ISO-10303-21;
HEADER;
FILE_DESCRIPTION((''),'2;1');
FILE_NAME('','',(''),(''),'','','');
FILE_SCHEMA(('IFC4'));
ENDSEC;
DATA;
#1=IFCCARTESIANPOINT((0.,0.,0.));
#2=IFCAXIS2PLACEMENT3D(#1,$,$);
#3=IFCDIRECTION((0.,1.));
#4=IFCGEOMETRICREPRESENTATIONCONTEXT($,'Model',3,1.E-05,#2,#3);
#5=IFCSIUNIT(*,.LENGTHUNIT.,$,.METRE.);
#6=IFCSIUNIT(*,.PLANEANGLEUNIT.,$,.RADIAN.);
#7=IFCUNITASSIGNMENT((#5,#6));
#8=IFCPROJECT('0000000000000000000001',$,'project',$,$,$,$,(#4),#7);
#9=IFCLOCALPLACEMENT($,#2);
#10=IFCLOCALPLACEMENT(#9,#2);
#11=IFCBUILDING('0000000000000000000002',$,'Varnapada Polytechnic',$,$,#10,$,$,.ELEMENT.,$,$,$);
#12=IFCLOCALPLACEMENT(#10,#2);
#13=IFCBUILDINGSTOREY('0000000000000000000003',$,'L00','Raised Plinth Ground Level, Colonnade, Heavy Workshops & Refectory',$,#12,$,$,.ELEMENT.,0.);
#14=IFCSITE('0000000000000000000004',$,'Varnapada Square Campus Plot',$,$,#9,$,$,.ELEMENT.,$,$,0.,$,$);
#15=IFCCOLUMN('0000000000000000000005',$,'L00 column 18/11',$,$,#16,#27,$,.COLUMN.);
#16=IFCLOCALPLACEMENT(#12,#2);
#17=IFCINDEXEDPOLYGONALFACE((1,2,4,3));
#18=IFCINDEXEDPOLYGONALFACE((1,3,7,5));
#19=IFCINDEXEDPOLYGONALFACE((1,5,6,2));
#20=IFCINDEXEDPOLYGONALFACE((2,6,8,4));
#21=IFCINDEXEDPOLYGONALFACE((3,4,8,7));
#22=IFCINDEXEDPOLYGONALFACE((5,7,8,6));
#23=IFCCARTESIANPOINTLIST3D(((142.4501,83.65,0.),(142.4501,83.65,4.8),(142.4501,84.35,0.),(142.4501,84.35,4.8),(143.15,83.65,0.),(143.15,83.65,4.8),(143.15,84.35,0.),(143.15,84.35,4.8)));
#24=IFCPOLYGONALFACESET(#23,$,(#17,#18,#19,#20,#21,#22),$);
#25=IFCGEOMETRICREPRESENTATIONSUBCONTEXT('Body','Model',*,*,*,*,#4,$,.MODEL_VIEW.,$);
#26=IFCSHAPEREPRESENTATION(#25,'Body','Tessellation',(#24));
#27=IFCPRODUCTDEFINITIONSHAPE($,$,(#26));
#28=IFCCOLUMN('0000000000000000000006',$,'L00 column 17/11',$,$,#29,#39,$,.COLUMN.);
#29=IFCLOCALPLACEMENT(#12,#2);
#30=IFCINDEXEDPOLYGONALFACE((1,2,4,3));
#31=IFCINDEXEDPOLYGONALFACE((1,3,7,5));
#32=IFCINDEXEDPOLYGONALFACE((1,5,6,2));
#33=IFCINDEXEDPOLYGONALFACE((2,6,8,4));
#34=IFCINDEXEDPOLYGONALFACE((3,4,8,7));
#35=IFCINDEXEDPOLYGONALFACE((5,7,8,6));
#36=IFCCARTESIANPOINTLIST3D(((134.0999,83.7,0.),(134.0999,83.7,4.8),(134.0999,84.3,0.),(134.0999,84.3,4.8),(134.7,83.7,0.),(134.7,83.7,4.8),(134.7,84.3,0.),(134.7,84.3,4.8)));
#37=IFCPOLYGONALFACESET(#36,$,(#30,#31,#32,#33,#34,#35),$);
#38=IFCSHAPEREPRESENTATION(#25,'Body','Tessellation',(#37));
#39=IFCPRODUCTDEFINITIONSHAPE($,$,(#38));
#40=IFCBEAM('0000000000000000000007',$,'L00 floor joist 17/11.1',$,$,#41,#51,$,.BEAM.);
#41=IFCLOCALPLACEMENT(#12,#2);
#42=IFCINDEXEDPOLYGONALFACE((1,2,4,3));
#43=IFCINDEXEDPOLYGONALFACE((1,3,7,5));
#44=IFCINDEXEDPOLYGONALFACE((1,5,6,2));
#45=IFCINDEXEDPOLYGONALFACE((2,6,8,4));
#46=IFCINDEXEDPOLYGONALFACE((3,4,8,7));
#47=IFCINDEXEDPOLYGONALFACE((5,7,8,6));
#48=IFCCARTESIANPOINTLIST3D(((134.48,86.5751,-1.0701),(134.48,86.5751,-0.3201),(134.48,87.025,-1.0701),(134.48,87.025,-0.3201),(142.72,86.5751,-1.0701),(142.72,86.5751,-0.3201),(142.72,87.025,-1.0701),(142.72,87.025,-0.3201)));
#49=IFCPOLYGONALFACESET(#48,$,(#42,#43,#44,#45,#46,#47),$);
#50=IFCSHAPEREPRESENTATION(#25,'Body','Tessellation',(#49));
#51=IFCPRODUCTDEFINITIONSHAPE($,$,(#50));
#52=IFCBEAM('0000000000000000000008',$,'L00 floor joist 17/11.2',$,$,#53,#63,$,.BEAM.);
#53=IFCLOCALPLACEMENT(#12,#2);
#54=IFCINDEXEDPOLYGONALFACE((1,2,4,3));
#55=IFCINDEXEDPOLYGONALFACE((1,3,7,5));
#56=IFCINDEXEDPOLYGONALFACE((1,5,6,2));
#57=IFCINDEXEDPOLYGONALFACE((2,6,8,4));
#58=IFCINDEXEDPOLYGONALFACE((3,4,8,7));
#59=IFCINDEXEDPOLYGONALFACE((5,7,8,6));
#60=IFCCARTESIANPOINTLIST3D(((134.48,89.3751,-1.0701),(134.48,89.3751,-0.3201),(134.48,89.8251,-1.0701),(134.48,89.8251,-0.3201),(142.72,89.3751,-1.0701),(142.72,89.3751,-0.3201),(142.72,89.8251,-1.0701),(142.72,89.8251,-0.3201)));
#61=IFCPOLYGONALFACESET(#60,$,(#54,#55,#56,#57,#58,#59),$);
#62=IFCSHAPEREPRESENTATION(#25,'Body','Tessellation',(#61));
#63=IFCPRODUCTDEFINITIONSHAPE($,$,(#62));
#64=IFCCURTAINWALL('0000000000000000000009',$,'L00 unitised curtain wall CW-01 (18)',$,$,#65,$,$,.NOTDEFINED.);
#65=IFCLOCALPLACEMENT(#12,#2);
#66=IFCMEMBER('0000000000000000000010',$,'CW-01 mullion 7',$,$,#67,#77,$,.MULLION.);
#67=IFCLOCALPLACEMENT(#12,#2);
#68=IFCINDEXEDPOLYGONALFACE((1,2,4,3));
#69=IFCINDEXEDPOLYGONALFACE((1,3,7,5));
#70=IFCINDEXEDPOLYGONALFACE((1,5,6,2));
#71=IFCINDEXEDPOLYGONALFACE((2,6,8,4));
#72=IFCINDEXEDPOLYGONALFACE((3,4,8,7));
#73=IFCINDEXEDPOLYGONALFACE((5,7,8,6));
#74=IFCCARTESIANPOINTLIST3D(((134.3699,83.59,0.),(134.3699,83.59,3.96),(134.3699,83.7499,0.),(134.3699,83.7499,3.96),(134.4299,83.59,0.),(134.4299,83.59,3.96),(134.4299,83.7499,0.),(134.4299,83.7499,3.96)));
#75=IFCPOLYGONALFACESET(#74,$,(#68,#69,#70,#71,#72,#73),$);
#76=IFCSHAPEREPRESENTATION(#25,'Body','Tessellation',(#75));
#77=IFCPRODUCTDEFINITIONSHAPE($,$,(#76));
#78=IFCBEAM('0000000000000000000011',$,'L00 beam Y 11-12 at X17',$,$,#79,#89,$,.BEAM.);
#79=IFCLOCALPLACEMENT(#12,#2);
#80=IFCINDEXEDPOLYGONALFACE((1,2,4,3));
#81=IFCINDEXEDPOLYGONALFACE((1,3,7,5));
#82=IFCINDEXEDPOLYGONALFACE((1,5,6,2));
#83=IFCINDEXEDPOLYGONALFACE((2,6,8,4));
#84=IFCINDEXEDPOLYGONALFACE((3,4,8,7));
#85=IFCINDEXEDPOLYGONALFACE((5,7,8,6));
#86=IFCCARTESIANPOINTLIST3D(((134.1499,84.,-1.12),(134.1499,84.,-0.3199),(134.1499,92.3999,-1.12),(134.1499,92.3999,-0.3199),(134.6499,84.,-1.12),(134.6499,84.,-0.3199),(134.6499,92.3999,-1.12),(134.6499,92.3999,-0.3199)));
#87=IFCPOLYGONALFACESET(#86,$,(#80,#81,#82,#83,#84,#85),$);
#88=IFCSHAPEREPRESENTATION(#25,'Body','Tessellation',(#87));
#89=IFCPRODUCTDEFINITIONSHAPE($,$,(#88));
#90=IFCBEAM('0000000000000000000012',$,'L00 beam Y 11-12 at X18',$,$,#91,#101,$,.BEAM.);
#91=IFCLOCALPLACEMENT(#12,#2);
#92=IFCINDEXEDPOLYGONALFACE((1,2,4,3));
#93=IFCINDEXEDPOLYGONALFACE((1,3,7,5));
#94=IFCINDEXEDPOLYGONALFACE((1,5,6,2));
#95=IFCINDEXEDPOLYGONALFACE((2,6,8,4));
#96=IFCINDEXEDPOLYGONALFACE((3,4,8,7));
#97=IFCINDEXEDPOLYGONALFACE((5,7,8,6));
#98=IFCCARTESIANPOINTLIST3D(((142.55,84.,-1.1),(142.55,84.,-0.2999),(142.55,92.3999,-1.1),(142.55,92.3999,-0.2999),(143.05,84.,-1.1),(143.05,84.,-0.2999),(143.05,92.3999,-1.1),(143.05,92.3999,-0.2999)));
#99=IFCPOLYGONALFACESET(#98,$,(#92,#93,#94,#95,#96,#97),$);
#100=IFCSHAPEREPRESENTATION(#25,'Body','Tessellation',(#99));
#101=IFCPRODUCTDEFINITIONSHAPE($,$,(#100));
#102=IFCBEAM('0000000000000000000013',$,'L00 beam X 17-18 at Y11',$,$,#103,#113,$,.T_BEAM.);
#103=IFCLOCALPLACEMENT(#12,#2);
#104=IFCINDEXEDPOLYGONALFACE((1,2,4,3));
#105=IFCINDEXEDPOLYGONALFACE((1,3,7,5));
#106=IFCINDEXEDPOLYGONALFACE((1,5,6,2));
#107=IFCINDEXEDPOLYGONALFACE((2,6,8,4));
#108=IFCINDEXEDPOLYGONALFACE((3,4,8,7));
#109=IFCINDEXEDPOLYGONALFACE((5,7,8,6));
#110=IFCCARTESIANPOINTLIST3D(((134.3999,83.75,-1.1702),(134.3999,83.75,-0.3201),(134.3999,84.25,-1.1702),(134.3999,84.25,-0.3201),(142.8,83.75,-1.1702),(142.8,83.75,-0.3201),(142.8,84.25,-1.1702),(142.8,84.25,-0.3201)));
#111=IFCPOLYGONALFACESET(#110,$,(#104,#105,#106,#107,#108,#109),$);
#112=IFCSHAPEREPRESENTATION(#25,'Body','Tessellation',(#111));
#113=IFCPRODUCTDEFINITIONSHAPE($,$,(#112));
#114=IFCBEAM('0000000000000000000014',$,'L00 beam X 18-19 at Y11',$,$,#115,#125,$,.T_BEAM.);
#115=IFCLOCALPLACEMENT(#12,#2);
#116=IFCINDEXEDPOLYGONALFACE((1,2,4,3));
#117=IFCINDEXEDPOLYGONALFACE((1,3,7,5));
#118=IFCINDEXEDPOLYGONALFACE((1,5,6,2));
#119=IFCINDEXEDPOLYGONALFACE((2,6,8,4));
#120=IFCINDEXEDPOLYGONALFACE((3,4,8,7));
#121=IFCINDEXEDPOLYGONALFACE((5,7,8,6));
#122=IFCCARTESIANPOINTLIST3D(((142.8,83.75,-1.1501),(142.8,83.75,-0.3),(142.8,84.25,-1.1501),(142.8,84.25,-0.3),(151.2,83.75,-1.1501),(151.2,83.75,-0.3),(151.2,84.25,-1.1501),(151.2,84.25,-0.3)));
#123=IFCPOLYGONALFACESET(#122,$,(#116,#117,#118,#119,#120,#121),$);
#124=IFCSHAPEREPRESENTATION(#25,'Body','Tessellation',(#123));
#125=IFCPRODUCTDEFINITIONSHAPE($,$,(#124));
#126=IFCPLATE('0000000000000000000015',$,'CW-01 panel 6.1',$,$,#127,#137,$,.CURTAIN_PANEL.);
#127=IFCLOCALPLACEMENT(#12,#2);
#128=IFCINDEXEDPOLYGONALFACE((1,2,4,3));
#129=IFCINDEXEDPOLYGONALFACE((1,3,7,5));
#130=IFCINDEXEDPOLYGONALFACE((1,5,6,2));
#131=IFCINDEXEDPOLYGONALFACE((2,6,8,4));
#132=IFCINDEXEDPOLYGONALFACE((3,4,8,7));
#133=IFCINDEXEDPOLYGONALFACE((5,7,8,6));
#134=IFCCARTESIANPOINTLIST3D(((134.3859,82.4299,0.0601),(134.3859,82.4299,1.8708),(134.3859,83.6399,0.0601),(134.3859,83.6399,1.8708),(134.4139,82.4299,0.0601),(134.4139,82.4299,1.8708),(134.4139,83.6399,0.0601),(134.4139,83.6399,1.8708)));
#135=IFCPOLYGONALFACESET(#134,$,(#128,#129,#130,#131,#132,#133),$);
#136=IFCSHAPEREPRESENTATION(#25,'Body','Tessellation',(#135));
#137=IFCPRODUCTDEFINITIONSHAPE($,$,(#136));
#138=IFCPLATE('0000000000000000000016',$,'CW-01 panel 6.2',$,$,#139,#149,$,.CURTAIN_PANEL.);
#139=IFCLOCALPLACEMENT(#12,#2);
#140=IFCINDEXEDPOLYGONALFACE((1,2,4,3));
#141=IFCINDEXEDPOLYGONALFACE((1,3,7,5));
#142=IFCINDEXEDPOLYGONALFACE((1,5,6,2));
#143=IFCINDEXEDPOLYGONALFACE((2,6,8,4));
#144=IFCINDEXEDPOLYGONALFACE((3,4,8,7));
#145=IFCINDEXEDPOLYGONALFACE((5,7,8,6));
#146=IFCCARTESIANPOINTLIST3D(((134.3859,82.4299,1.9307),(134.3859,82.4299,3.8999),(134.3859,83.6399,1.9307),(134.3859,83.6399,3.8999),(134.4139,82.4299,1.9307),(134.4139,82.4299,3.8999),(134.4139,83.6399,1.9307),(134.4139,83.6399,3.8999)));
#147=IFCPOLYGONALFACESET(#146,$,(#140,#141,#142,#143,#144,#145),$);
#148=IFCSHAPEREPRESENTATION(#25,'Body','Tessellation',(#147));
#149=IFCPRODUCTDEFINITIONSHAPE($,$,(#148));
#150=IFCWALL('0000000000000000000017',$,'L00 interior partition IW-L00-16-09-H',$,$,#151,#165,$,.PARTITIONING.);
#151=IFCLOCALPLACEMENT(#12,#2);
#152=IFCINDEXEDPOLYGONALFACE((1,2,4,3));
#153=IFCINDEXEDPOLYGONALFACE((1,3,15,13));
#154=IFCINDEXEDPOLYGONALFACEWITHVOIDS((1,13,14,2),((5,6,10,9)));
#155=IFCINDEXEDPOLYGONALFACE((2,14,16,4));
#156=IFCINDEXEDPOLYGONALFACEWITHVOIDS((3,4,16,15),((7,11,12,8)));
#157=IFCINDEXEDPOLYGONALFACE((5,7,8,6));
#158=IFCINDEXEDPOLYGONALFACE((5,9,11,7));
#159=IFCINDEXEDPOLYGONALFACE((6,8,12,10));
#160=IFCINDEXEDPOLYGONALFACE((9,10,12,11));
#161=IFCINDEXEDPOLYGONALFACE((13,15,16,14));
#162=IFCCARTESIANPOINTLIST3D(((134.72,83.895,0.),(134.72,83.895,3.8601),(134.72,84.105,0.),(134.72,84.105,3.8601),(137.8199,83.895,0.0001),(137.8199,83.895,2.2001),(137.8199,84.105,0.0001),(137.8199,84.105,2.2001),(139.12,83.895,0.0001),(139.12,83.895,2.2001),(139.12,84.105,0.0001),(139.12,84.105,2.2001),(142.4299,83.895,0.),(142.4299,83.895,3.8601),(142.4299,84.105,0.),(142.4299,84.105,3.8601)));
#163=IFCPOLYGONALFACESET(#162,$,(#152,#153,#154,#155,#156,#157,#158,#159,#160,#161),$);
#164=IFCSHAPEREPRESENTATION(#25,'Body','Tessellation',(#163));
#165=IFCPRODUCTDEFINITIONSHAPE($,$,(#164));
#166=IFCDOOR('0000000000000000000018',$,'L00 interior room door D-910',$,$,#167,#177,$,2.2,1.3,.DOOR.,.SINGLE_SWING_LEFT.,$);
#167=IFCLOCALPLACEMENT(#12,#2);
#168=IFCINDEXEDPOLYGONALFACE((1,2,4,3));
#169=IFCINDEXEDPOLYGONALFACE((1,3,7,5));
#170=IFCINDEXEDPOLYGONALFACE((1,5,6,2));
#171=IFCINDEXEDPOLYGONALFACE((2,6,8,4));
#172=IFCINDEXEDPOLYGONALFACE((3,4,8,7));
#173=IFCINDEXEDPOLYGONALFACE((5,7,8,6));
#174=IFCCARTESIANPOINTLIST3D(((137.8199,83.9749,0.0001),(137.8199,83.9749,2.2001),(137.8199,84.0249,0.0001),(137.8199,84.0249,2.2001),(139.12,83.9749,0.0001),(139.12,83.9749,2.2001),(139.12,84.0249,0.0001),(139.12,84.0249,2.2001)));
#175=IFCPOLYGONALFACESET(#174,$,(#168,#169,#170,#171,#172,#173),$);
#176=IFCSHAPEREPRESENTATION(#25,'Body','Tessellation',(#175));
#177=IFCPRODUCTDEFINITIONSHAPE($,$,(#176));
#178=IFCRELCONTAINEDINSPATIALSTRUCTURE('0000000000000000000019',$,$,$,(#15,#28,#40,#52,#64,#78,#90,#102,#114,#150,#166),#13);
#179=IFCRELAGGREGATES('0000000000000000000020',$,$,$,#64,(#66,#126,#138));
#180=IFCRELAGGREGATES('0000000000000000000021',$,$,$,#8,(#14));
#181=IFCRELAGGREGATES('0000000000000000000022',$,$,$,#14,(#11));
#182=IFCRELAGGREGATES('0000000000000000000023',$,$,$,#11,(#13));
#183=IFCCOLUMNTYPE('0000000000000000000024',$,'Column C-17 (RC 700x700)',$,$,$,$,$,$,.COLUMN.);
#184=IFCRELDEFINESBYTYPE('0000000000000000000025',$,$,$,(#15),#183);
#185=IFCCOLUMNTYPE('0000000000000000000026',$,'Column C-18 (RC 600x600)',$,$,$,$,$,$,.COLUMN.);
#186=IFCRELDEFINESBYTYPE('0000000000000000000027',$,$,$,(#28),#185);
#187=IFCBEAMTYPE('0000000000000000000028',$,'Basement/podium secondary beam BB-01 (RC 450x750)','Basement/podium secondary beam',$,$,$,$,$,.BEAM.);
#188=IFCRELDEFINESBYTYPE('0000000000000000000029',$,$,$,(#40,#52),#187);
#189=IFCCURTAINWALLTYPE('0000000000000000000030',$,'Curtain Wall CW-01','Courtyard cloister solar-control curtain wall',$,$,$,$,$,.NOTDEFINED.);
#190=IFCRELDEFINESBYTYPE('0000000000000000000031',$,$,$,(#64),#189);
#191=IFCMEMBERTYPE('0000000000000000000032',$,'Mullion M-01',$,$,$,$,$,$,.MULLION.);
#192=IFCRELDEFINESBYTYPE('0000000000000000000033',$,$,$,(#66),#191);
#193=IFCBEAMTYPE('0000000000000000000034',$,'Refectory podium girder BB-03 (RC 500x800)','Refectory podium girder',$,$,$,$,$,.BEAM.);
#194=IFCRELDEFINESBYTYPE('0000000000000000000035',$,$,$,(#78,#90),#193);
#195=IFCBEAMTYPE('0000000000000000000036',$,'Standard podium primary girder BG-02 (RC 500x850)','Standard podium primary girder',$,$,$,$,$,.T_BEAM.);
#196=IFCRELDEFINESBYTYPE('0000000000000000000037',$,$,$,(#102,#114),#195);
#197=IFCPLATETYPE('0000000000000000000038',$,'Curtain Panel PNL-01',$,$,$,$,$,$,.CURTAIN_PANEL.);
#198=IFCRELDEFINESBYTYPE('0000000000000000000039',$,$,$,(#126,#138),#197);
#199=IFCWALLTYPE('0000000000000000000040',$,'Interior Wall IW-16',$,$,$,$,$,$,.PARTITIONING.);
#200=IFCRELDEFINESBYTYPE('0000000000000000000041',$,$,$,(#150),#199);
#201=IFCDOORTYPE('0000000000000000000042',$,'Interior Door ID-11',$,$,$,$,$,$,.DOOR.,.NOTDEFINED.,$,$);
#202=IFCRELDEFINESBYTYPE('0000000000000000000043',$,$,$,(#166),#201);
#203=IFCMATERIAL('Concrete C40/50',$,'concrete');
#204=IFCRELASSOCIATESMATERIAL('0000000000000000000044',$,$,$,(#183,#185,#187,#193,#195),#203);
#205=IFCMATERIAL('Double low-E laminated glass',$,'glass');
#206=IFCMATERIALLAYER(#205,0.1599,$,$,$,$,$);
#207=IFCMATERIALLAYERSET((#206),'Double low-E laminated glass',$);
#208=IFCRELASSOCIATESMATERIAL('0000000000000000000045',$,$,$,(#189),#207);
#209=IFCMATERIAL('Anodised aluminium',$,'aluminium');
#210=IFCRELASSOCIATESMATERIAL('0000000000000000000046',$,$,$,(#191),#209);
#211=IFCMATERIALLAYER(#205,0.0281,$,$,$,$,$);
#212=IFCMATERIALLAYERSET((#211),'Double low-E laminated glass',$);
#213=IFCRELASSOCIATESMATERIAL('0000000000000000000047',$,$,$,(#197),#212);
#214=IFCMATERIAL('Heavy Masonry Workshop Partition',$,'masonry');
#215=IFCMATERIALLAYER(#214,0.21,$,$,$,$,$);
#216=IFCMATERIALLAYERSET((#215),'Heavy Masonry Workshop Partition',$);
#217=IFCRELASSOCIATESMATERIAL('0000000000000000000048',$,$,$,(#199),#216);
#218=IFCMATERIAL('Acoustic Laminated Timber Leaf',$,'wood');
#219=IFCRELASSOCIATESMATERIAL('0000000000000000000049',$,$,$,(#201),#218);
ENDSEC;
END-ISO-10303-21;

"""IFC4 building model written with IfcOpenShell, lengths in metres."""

from ifc_helpers import new_model, si_unit, direction, frame, frame_2d, origin, origin_2d, place, context, subcontext, project, spatial, rectangle, extrude, material, layer, layer_set, material_profile, profile_set, type_object, element, fill, aggregate, save


model = new_model("IFC4")

# Units and contexts
model_context = context("Model", 3, precision=1e-05, world=origin(), true_north=direction((0.0, 1.0)))
body_context = subcontext(model_context, "Body", "Model", "MODEL_VIEW")
ifc_project = project(units=[si_unit("LENGTHUNIT", "METRE"), si_unit("PLANEANGLEUNIT", "RADIAN")], contexts=[model_context])

# Site, building, storey
site_placement = place(None, origin())
site = spatial("IfcSite", under=ifc_project, at=site_placement, Name="Varnapada Square Campus Plot", CompositionType="ELEMENT", RefElevation=0.0)
building_placement = place(site_placement, origin())
building = spatial("IfcBuilding", under=site, at=building_placement, Name="Varnapada Polytechnic", CompositionType="ELEMENT")
storey_placement = place(building_placement, origin())
storey = spatial("IfcBuildingStorey", under=building, at=storey_placement, Name="L00", Description="Raised Plinth Ground Level, Colonnade, Heavy Workshops & Refectory", CompositionType="ELEMENT", Elevation=0.0)

# Columns
ifc_material_1 = material(Name="Concrete C40/50", Category="concrete")
ifc_material_profile_1 = material_profile(ifc_material_1, rectangle(XDim=0.7, YDim=0.7, at=origin_2d()), Name="RC 700x700")
ifc_profile_set_1 = profile_set([ifc_material_profile_1], Name="Concrete C40/50")
column_type_1 = type_object("IfcColumnType", Name="Column C-17 (RC 700x700)", PredefinedType="COLUMN", material=ifc_profile_set_1)
column_1_placement = place(storey_placement, frame((142.8, 84.0, 0.0), z_axis=(0.0, 0.0, 1.0), x_axis=(1.0, 0.0, 0.0)))
element("IfcColumn", 1, at=column_1_placement, inside=storey, type_object=column_type_1, Name="L00 column 18/11", PredefinedType="COLUMN", context=body_context, shape_type="SweptSolid", body=[
    extrude(rectangle(XDim=0.7, YDim=0.7, at=origin_2d()), origin(), (0.0, 0.0, 1.0), 4.8),
])
ifc_material_profile_2 = material_profile(ifc_material_1, rectangle(XDim=0.6001, YDim=0.6001, at=origin_2d()), Name="RC 600x600")
ifc_profile_set_2 = profile_set([ifc_material_profile_2], Name="Concrete C40/50")
column_type_2 = type_object("IfcColumnType", Name="Column C-18 (RC 600x600)", PredefinedType="COLUMN", material=ifc_profile_set_2)
column_2_placement = place(storey_placement, frame((134.3999, 84.0, 0.0), z_axis=(0.0, 0.0, 1.0), x_axis=(1.0, 0.0, 0.0)))
element("IfcColumn", 2, at=column_2_placement, inside=storey, type_object=column_type_2, Name="L00 column 17/11", PredefinedType="COLUMN", context=body_context, shape_type="SweptSolid", body=[
    extrude(rectangle(XDim=0.6001, YDim=0.6001, at=origin_2d()), origin(), (0.0, 0.0, 1.0), 4.8),
])

# Beams
ifc_material_profile_3 = material_profile(ifc_material_1, rectangle(XDim=0.45, YDim=0.75, at=origin_2d()), Name="RC 450x750")
ifc_profile_set_3 = profile_set([ifc_material_profile_3], Name="Concrete C40/50")
beam_type_1 = type_object("IfcBeamType", Name="Basement/podium secondary beam BB-01 (RC 450x750)", Description="Basement/podium secondary beam", PredefinedType="BEAM", material=ifc_profile_set_3)
for number, where, z_axis, x_axis, name in (
    (3, (134.48, 86.8, -0.6951), (1.0, 0.0, 0.0), (0.0, 1.0, 0.0), "L00 floor joist 17/11.1"),
    (4, (134.48, 89.6001, -0.6951), (1.0, 0.0, 0.0), (0.0, 1.0, 0.0), "L00 floor joist 17/11.2"),
):
    element("IfcBeam", number, at=place(storey_placement, frame(where, z_axis=z_axis, x_axis=x_axis)), inside=storey, type_object=beam_type_1, Name=name, PredefinedType="BEAM", context=body_context, shape_type="SweptSolid", body=[
        extrude(rectangle(XDim=0.45, YDim=0.75, at=origin_2d()), origin(), (0.0, 0.0, 1.0), 8.24),
    ])

# Curtain wall, member
ifc_material_2 = material(Name="Double low-E laminated glass", Category="glass")
ifc_layer_1 = layer(ifc_material_2, 0.1599)
ifc_layer_set_1 = layer_set([ifc_layer_1], Name="Double low-E laminated glass")
curtain_wall_type = type_object("IfcCurtainWallType", Name="Curtain Wall CW-01", Description="Courtyard cloister solar-control curtain wall", PredefinedType="NOTDEFINED", material=ifc_layer_set_1)
curtain_wall_placement = place(storey_placement, origin())
curtain_wall = element("IfcCurtainWall", 5, at=curtain_wall_placement, inside=storey, type_object=curtain_wall_type, Name="L00 unitised curtain wall CW-01 (18)", PredefinedType="NOTDEFINED")
ifc_material_3 = material(Name="Anodised aluminium", Category="aluminium")
ifc_material_profile_4 = material_profile(ifc_material_3, rectangle(XDim=0.0601, YDim=0.1599, at=origin_2d()), Name="ALU M60x160")
ifc_profile_set_4 = profile_set([ifc_material_profile_4], Name="Anodised aluminium")
member_type = type_object("IfcMemberType", Name="Mullion M-01", PredefinedType="MULLION", material=ifc_profile_set_4)
member_placement = place(storey_placement, frame((134.3999, 83.6699, 0.0), z_axis=(0.0, 0.0, 1.0), x_axis=(-1.0, 0.0, 0.0)))
member = element("IfcMember", 6, at=member_placement, type_object=member_type, Name="CW-01 mullion 7", PredefinedType="MULLION", context=body_context, shape_type="SweptSolid", body=[
    extrude(rectangle(XDim=0.0601, YDim=0.1599, at=origin_2d()), origin(), (0.0, 0.0, 1.0), 3.96),
])

# Beams
ifc_material_profile_5 = material_profile(ifc_material_1, rectangle(XDim=0.5, YDim=0.8, at=origin_2d()), Name="RC 500x800")
ifc_profile_set_5 = profile_set([ifc_material_profile_5], Name="Concrete C40/50")
beam_type_2 = type_object("IfcBeamType", Name="Refectory podium girder BB-03 (RC 500x800)", Description="Refectory podium girder", PredefinedType="BEAM", material=ifc_profile_set_5)
for number, where, z_axis, x_axis, name in (
    (7, (134.3999, 84.0, -0.72), (0.0, 1.0, 0.0), (-1.0, 0.0, 0.0), "L00 beam Y 11-12 at X17"),
    (8, (142.8, 84.0, -0.7), (0.0, 1.0, 0.0), (-1.0, 0.0, 0.0), "L00 beam Y 11-12 at X18"),
):
    element("IfcBeam", number, at=place(storey_placement, frame(where, z_axis=z_axis, x_axis=x_axis)), inside=storey, type_object=beam_type_2, Name=name, PredefinedType="BEAM", context=body_context, shape_type="SweptSolid", body=[
        extrude(rectangle(XDim=0.5, YDim=0.8, at=origin_2d()), origin(), (0.0, 0.0, 1.0), 8.3999),
    ])
ifc_material_profile_6 = material_profile(ifc_material_1, rectangle(XDim=0.5, YDim=0.8501, at=origin_2d()), Name="RC 500x850")
ifc_profile_set_6 = profile_set([ifc_material_profile_6], Name="Concrete C40/50")
beam_type_3 = type_object("IfcBeamType", Name="Standard podium primary girder BG-02 (RC 500x850)", Description="Standard podium primary girder", PredefinedType="T_BEAM", material=ifc_profile_set_6)
beam_1_placement = place(storey_placement, frame((134.3999, 84.0, -0.7451), z_axis=(1.0, 0.0, 0.0), x_axis=(0.0, 1.0, 0.0)))
element("IfcBeam", 9, at=beam_1_placement, inside=storey, type_object=beam_type_3, Name="L00 beam X 17-18 at Y11", PredefinedType="T_BEAM", context=body_context, shape_type="SweptSolid", body=[
    extrude(rectangle(XDim=0.5, YDim=0.8501, at=origin_2d()), origin(), (0.0, 0.0, 1.0), 8.4001),
])
beam_2_placement = place(storey_placement, frame((142.8, 84.0, -0.7251), z_axis=(1.0, 0.0, 0.0), x_axis=(0.0, 1.0, 0.0)))
element("IfcBeam", 10, at=beam_2_placement, inside=storey, type_object=beam_type_3, Name="L00 beam X 18-19 at Y11", PredefinedType="T_BEAM", context=body_context, shape_type="SweptSolid", body=[
    extrude(rectangle(XDim=0.5, YDim=0.8501, at=origin_2d()), origin(), (0.0, 0.0, 1.0), 8.3999),
])

# Plates
ifc_layer_2 = layer(ifc_material_2, 0.0281)
ifc_layer_set_2 = layer_set([ifc_layer_2], Name="Double low-E laminated glass")
plate_type = type_object("IfcPlateType", Name="Curtain Panel PNL-01", PredefinedType="CURTAIN_PANEL", material=ifc_layer_set_2)
plate_1_placement = place(storey_placement, frame((134.3999, 83.0349, 0.0601), z_axis=(0.0, 0.0, 1.0), x_axis=(0.0, 1.0, 0.0)))
plate_1 = element("IfcPlate", 11, at=plate_1_placement, type_object=plate_type, Name="CW-01 panel 6.1", PredefinedType="CURTAIN_PANEL", context=body_context, shape_type="SweptSolid", body=[
    extrude(rectangle(XDim=1.21, YDim=0.0281, at=origin_2d()), origin(), (0.0, 0.0, 1.0), 1.8108),
])
plate_2_placement = place(storey_placement, frame((134.3999, 83.0349, 1.9307), z_axis=(0.0, 0.0, 1.0), x_axis=(0.0, 1.0, 0.0)))
plate_2 = element("IfcPlate", 12, at=plate_2_placement, type_object=plate_type, Name="CW-01 panel 6.2", PredefinedType="CURTAIN_PANEL", context=body_context, shape_type="SweptSolid", body=[
    extrude(rectangle(XDim=1.21, YDim=0.0281, at=origin_2d()), origin(), (0.0, 0.0, 1.0), 1.9692),
])
aggregate(curtain_wall, [member, plate_1, plate_2])

# Wall, opening, door
ifc_material_4 = material(Name="Heavy Masonry Workshop Partition", Category="masonry")
ifc_layer_3 = layer(ifc_material_4, 0.21)
ifc_layer_set_3 = layer_set([ifc_layer_3], Name="Heavy Masonry Workshop Partition")
wall_type = type_object("IfcWallType", Name="Interior Wall IW-16", PredefinedType="PARTITIONING", material=ifc_layer_set_3)
wall_placement = place(storey_placement, frame((134.72, 84.0, 0.0), z_axis=(0.0, 0.0, 1.0), x_axis=(1.0, 0.0, 0.0)))
wall = element("IfcWall", 13, at=wall_placement, inside=storey, type_object=wall_type, Name="L00 interior partition IW-L00-16-09-H", PredefinedType="PARTITIONING", context=body_context, shape_type="SweptSolid", body=[
    extrude(rectangle(XDim=7.71, YDim=0.21, at=frame_2d((3.855, 0.0))), origin(), (0.0, 0.0, 1.0), 3.8601),
])
opening_1_placement = place(wall_placement, frame((3.1001, 0.0, 0.0)))
opening_1 = element("IfcOpeningElement", 14, at=opening_1_placement, cuts=wall, PredefinedType="OPENING", context=body_context, shape_type="SweptSolid", body=[
    extrude(rectangle(XDim=1.3, YDim=2.2, at=frame_2d((0.6499, 1.1001))), frame((0.0, 0.115, 0.0), z_axis=(0.0, -1.0, 0.0), x_axis=(1.0, 0.0, 0.0)), (0.0, 0.0, 1.0), 0.23),
])
ifc_material_5 = material(Name="Acoustic Laminated Timber Leaf", Category="wood")
door_type = type_object("IfcDoorType", Name="Interior Door ID-11", OperationType="NOTDEFINED", PredefinedType="DOOR", material=ifc_material_5)
door_placement = place(opening_1_placement, origin())
door = element("IfcDoor", 15, at=door_placement, inside=storey, type_object=door_type, Name="L00 interior room door D-910", OperationType="SINGLE_SWING_LEFT", OverallHeight=2.2, OverallWidth=1.3, PredefinedType="DOOR", context=body_context, shape_type="SweptSolid", body=[
    extrude(rectangle(XDim=1.3, YDim=2.2, at=frame_2d((0.6499, 1.1001))), frame((0.0, 0.0249, 0.0), z_axis=(0.0, -1.0, 0.0), x_axis=(1.0, 0.0, 0.0)), (0.0, 0.0, 1.0), 0.05),
])
fill(opening_1, door)

save(model, "model.ifc")
